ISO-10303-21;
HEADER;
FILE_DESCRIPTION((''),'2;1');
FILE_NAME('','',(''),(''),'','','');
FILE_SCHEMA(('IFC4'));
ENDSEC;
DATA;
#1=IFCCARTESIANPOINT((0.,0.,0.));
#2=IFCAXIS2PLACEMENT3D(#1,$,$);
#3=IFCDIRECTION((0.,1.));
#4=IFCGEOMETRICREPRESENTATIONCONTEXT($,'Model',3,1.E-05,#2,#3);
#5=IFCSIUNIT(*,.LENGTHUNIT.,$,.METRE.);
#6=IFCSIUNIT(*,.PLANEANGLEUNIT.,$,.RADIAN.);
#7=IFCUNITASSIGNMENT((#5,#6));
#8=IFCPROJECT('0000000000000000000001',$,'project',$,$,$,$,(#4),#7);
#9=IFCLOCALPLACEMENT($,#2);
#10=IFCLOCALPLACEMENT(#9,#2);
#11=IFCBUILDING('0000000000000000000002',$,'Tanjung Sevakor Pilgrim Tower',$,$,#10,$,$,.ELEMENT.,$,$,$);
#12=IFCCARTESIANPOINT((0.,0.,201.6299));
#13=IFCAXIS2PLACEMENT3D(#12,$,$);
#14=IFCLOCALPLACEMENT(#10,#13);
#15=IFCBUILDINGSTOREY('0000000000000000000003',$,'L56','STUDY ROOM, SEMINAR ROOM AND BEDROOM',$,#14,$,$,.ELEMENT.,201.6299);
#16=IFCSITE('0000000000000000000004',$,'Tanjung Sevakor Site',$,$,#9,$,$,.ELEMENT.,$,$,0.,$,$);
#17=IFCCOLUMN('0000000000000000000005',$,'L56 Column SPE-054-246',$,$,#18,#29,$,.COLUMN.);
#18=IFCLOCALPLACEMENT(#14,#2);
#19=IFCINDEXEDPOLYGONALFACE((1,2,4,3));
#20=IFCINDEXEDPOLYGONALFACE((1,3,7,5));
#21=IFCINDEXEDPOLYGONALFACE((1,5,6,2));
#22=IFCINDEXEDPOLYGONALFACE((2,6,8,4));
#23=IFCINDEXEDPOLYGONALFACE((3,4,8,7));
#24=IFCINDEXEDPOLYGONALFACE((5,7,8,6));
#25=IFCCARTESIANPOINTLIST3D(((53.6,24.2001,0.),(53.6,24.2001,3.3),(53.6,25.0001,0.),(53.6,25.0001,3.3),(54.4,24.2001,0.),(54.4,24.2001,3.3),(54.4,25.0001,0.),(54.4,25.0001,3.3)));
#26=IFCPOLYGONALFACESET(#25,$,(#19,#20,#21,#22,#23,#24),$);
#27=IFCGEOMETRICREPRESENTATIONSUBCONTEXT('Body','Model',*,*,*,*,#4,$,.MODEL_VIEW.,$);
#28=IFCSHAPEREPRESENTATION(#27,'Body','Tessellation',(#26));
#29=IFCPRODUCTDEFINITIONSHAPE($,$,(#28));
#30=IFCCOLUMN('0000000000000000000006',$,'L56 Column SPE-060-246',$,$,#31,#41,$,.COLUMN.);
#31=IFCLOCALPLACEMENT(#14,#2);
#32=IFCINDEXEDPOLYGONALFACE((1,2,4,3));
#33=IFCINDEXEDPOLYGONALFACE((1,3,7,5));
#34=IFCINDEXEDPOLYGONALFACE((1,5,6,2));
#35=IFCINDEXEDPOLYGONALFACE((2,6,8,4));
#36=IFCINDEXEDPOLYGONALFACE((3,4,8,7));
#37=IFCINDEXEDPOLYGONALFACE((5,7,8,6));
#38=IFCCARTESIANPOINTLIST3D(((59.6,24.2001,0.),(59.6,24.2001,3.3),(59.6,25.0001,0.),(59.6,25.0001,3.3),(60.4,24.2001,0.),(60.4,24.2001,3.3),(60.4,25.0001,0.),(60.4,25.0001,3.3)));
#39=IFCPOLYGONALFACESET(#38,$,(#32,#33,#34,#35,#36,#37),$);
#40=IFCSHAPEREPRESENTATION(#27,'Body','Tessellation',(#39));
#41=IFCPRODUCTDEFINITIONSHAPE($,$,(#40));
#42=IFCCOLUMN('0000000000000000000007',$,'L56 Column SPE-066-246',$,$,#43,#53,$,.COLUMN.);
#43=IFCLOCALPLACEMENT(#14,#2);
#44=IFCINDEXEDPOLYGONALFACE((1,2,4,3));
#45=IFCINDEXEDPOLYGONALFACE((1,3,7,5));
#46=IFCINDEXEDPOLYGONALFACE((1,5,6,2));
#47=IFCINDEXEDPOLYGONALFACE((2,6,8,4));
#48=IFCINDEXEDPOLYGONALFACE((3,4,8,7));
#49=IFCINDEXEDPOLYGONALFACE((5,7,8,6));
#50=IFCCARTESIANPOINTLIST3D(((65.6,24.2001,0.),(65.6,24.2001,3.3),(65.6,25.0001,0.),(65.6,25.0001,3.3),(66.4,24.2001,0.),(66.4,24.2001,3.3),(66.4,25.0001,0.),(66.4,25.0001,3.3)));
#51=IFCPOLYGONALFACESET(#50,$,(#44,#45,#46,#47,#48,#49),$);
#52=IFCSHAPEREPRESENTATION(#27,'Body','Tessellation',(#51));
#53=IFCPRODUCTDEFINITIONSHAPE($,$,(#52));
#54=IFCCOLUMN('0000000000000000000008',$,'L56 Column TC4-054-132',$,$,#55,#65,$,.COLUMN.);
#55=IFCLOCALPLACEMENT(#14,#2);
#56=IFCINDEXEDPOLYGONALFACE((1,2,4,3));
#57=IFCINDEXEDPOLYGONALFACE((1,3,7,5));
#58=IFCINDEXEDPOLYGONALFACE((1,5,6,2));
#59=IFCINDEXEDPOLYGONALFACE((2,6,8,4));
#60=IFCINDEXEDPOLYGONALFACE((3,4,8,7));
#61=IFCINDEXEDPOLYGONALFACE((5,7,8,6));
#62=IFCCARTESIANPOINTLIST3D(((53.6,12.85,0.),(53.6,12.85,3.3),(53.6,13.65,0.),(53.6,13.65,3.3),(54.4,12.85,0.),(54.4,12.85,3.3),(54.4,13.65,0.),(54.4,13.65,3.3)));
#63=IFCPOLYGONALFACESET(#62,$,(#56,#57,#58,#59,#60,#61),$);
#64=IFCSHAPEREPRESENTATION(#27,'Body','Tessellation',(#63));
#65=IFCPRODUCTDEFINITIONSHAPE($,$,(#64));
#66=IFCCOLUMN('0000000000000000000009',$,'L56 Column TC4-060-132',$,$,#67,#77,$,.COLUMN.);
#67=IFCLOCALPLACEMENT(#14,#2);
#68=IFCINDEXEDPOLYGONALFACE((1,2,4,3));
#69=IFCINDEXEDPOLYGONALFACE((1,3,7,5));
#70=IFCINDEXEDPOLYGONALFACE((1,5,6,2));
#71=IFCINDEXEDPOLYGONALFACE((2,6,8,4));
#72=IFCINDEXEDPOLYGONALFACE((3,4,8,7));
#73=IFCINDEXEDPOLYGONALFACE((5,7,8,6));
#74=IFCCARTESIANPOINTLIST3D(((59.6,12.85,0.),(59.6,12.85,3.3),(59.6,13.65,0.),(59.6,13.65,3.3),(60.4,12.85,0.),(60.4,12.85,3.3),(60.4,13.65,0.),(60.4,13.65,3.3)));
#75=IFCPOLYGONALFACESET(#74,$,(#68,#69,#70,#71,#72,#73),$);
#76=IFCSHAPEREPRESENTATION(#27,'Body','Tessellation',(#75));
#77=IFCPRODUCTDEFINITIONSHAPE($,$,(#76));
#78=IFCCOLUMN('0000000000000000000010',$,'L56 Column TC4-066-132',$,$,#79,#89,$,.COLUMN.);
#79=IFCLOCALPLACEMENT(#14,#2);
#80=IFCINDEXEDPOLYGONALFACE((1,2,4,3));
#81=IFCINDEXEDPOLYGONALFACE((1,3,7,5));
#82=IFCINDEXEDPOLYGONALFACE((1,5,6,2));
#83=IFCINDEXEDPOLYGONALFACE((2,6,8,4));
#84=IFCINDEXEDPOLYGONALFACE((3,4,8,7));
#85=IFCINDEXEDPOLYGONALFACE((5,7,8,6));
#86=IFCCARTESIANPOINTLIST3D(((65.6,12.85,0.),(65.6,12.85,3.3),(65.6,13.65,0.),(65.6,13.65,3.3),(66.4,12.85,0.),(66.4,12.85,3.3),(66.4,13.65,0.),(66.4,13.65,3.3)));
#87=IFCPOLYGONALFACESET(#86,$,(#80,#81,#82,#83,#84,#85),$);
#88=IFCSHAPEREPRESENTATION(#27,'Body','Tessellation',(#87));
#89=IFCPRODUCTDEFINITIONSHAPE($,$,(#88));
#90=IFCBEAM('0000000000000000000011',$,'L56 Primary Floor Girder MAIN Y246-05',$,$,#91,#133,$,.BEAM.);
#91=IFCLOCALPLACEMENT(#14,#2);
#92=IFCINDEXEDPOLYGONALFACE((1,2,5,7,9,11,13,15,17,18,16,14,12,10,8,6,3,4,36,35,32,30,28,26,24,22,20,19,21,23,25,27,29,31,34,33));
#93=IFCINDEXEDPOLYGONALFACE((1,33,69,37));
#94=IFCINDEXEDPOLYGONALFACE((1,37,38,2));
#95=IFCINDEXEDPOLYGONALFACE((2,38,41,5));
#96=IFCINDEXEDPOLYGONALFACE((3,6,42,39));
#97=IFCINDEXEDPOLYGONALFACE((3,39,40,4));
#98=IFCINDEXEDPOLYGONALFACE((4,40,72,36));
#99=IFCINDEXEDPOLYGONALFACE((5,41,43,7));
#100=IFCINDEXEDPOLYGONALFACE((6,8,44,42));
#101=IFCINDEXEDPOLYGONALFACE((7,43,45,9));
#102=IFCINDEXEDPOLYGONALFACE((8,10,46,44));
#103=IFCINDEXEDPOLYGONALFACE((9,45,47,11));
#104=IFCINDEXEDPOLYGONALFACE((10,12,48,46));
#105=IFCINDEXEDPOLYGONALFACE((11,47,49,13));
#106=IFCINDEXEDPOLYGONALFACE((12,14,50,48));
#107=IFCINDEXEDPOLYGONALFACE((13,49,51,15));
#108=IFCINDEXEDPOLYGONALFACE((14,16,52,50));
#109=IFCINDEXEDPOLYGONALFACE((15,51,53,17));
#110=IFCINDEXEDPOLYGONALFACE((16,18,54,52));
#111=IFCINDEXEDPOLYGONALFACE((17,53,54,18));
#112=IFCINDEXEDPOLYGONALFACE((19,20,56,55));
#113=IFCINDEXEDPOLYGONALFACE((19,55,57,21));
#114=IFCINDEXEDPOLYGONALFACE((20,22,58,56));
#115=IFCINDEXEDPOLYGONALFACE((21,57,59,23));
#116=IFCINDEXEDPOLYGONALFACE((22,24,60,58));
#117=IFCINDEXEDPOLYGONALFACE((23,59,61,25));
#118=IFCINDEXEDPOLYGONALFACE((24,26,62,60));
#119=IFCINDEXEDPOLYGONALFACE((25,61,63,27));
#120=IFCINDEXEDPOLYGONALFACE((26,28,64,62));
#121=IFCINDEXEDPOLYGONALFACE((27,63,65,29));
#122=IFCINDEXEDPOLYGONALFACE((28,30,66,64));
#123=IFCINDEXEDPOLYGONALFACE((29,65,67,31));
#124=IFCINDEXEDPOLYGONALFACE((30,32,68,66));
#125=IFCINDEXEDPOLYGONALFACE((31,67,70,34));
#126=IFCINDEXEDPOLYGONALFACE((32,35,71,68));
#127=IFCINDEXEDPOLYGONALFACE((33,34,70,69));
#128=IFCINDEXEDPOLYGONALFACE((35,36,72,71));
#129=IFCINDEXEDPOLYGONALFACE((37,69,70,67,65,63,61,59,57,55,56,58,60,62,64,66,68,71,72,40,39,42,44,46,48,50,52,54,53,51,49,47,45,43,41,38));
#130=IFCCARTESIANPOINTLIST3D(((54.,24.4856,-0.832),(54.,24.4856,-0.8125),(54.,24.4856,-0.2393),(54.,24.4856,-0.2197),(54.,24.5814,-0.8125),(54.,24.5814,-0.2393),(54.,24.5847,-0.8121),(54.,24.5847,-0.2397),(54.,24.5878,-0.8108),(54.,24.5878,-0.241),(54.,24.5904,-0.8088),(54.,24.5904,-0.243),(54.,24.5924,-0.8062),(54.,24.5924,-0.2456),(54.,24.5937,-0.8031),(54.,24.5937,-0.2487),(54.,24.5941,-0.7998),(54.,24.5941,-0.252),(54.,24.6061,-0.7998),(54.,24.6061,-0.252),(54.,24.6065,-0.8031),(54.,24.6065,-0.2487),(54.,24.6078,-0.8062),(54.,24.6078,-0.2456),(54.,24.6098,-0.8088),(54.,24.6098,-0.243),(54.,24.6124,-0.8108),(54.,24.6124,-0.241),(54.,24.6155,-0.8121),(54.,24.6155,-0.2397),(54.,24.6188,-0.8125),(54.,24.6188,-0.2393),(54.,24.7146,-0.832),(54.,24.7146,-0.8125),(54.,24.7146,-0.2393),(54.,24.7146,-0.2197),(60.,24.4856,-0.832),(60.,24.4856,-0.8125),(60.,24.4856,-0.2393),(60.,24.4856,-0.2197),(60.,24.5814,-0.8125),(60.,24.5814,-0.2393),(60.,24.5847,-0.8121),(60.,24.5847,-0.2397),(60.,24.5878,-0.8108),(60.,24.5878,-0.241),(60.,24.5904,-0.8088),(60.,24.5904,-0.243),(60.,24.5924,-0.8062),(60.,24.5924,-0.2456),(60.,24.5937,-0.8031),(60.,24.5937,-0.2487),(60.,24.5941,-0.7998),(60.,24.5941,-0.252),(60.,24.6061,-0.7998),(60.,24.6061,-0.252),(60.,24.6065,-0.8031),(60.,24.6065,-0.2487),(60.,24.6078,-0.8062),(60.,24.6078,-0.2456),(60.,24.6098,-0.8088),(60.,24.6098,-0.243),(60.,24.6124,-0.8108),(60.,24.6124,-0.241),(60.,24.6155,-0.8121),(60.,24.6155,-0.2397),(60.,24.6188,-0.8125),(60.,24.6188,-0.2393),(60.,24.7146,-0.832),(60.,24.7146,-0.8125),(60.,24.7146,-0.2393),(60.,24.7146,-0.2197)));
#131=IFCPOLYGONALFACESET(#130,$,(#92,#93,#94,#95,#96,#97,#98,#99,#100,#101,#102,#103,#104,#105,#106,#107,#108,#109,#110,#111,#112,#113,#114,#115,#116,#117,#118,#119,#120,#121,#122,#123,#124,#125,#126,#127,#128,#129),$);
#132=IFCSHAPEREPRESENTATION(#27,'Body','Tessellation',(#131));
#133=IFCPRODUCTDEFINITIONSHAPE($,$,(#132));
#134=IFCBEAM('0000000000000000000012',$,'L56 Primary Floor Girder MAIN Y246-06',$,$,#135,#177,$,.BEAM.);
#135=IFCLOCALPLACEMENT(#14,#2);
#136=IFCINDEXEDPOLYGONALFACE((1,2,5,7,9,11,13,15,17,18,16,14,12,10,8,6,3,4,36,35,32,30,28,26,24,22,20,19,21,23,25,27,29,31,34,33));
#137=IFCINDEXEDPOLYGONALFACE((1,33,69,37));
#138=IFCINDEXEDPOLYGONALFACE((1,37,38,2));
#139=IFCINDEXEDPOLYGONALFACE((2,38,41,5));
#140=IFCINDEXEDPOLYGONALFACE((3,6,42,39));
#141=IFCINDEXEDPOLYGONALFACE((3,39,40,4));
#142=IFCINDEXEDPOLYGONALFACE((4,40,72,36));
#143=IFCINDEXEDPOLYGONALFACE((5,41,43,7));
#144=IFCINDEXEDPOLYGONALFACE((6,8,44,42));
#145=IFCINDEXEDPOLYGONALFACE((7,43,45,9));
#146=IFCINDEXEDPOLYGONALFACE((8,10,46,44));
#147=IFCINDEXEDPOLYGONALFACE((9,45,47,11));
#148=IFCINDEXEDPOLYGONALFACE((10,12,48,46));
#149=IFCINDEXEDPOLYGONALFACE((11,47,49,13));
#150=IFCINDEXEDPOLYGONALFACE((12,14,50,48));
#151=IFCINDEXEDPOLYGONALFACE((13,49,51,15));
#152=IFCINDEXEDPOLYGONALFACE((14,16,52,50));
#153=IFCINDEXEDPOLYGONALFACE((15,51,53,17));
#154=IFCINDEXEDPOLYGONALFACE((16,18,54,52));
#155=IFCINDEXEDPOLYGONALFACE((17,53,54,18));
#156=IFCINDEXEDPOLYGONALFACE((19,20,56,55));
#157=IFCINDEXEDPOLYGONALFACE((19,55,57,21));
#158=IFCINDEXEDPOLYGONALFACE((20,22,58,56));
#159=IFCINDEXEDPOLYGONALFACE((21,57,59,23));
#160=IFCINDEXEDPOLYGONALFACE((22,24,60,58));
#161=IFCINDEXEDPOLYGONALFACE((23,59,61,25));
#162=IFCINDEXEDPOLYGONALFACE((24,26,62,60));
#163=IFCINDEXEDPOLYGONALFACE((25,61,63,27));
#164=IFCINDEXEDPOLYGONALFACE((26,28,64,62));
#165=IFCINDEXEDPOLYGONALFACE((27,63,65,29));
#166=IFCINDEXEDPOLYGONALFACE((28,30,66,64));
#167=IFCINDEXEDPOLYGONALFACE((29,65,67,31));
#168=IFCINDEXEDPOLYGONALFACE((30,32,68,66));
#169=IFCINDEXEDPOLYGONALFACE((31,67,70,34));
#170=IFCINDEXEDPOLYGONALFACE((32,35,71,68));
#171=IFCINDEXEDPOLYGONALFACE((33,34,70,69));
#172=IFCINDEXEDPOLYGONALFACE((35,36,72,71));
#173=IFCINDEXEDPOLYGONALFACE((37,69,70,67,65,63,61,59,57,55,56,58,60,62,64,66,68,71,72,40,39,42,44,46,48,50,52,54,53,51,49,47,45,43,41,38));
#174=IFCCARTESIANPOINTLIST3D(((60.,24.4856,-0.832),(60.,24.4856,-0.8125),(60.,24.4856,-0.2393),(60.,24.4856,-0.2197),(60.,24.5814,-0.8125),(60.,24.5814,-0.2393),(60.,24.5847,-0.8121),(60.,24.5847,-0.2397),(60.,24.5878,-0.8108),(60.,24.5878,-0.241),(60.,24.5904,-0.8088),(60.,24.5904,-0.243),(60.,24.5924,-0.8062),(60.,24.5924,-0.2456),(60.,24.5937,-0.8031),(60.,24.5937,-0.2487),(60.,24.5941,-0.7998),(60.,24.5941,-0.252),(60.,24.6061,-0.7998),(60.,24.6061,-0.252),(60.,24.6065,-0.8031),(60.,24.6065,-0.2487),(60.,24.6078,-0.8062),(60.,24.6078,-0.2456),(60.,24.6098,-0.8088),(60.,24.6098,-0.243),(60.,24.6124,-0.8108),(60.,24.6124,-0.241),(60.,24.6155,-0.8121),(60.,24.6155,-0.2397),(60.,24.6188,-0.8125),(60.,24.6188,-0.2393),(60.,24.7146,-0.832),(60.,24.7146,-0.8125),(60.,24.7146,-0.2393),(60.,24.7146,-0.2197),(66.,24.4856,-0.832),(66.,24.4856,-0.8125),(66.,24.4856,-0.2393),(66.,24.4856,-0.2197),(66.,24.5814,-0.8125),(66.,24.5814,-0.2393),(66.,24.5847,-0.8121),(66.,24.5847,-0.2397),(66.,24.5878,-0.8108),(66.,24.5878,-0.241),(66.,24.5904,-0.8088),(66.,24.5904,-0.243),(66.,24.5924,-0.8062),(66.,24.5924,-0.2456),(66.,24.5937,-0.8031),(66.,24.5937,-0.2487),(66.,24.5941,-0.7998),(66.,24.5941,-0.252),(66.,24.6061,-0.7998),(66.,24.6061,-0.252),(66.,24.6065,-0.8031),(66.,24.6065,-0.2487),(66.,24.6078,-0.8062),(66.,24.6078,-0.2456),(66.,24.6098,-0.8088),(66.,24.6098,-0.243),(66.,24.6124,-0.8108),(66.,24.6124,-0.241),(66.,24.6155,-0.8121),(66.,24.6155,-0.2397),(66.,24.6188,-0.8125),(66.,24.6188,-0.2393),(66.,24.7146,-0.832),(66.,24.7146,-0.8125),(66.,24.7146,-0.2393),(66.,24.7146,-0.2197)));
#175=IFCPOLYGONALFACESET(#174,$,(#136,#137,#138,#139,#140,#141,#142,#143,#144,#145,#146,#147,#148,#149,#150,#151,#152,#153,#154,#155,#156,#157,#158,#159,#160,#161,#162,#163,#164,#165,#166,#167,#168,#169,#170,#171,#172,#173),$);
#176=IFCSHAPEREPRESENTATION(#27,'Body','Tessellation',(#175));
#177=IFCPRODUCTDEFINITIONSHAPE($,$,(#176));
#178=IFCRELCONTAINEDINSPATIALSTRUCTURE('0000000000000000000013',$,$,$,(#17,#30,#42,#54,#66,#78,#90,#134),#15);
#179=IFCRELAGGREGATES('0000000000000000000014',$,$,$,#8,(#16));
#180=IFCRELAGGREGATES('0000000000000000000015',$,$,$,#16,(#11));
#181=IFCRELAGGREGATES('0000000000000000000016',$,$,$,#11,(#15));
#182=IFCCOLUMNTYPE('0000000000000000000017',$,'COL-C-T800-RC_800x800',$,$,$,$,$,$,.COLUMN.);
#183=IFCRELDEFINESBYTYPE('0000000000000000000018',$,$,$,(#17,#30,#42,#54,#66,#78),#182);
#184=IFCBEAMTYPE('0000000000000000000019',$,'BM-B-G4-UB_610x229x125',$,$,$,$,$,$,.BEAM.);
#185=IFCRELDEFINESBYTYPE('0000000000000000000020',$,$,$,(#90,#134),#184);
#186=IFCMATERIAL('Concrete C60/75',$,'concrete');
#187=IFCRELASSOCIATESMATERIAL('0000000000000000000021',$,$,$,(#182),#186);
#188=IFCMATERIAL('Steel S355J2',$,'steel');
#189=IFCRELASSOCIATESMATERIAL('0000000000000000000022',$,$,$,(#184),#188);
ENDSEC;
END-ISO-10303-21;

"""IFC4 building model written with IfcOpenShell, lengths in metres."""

from ifc_helpers import new_model, si_unit, direction, frame, origin, origin_2d, place, context, subcontext, project, spatial, rectangle, i_section, extrude, material, material_profile, profile_set, type_object, element, save


model = new_model("IFC4")

# Units and contexts
model_context = context("Model", 3, precision=1e-05, world=origin(), true_north=direction((0.0, 1.0)))
body_context = subcontext(model_context, "Body", "Model", "MODEL_VIEW")
ifc_project = project(units=[si_unit("LENGTHUNIT", "METRE"), si_unit("PLANEANGLEUNIT", "RADIAN")], contexts=[model_context])

# Site, building, storey
site_placement = place(None, origin())
site = spatial("IfcSite", under=ifc_project, at=site_placement, Name="Tanjung Sevakor Site", CompositionType="ELEMENT", RefElevation=0.0)
building_placement = place(site_placement, origin())
building = spatial("IfcBuilding", under=site, at=building_placement, Name="Tanjung Sevakor Pilgrim Tower", CompositionType="ELEMENT")
storey_placement = place(building_placement, frame((0.0, 0.0, 201.6299)))
storey = spatial("IfcBuildingStorey", under=building, at=storey_placement, Name="L56", Description="STUDY ROOM, SEMINAR ROOM AND BEDROOM", CompositionType="ELEMENT", Elevation=201.6299)

# Columns
ifc_material_1 = material(Name="Concrete C60/75", Category="concrete")
ifc_material_profile_1 = material_profile(ifc_material_1, rectangle(XDim=0.8, YDim=0.8, at=origin_2d()))
ifc_profile_set_1 = profile_set([ifc_material_profile_1], Name="Concrete C60/75")
column_type = type_object("IfcColumnType", Name="COL-C-T800-RC_800x800", PredefinedType="COLUMN", material=ifc_profile_set_1)
for number, where, z_axis, x_axis, name in (
    (1, (54.0, 24.6001, 0.0), (0.0, 0.0, 1.0), (1.0, 0.0, 0.0), "L56 Column SPE-054-246"),
    (2, (60.0, 24.6001, 0.0), (0.0, 0.0, 1.0), (1.0, 0.0, 0.0), "L56 Column SPE-060-246"),
    (3, (66.0, 24.6001, 0.0), (0.0, 0.0, 1.0), (1.0, 0.0, 0.0), "L56 Column SPE-066-246"),
    (4, (54.0, 13.25, 0.0), (0.0, 0.0, 1.0), (1.0, 0.0, 0.0), "L56 Column TC4-054-132"),
    (5, (60.0, 13.25, 0.0), (0.0, 0.0, 1.0), (1.0, 0.0, 0.0), "L56 Column TC4-060-132"),
    (6, (66.0, 13.25, 0.0), (0.0, 0.0, 1.0), (1.0, 0.0, 0.0), "L56 Column TC4-066-132"),
):
    element("IfcColumn", number, at=place(storey_placement, frame(where, z_axis=z_axis, x_axis=x_axis)), inside=storey, type_object=column_type, Name=name, PredefinedType="COLUMN", context=body_context, shape_type="SweptSolid", body=[
        extrude(rectangle(XDim=0.8, YDim=0.8, at=origin_2d()), origin(), (0.0, 0.0, 1.0), 3.3),
    ])

# Beams
ifc_material_2 = material(Name="Steel S355J2", Category="steel")
ifc_material_profile_2 = material_profile(ifc_material_2, i_section(OverallWidth=0.229, OverallDepth=0.6123, WebThickness=0.012, FlangeThickness=0.0195, FilletRadius=0.0127, at=origin_2d()))
ifc_profile_set_2 = profile_set([ifc_material_profile_2], Name="Steel S355J2")
beam_type_1 = type_object("IfcBeamType", Name="BM-B-G4-UB_610x229x125", PredefinedType="BEAM", material=ifc_profile_set_2)
for number, where, z_axis, x_axis, name in (
    (7, (54.0, 24.6001, -0.5259), (1.0, 0.0, 0.0), (0.0, 1.0, 0.0), "L56 Primary Floor Girder MAIN Y246-05"),
    (8, (60.0, 24.6001, -0.5259), (1.0, 0.0, 0.0), (0.0, 1.0, 0.0), "L56 Primary Floor Girder MAIN Y246-06"),
):
    element("IfcBeam", number, at=place(storey_placement, frame(where, z_axis=z_axis, x_axis=x_axis)), inside=storey, type_object=beam_type_1, Name=name, PredefinedType="BEAM", context=body_context, shape_type="SweptSolid", body=[
        extrude(i_section(OverallWidth=0.229, OverallDepth=0.6123, WebThickness=0.012, FlangeThickness=0.0195, FilletRadius=0.0127, at=origin_2d()), origin(), (0.0, 0.0, 1.0), 6.0),
    ])

save(model, "model.ifc")
